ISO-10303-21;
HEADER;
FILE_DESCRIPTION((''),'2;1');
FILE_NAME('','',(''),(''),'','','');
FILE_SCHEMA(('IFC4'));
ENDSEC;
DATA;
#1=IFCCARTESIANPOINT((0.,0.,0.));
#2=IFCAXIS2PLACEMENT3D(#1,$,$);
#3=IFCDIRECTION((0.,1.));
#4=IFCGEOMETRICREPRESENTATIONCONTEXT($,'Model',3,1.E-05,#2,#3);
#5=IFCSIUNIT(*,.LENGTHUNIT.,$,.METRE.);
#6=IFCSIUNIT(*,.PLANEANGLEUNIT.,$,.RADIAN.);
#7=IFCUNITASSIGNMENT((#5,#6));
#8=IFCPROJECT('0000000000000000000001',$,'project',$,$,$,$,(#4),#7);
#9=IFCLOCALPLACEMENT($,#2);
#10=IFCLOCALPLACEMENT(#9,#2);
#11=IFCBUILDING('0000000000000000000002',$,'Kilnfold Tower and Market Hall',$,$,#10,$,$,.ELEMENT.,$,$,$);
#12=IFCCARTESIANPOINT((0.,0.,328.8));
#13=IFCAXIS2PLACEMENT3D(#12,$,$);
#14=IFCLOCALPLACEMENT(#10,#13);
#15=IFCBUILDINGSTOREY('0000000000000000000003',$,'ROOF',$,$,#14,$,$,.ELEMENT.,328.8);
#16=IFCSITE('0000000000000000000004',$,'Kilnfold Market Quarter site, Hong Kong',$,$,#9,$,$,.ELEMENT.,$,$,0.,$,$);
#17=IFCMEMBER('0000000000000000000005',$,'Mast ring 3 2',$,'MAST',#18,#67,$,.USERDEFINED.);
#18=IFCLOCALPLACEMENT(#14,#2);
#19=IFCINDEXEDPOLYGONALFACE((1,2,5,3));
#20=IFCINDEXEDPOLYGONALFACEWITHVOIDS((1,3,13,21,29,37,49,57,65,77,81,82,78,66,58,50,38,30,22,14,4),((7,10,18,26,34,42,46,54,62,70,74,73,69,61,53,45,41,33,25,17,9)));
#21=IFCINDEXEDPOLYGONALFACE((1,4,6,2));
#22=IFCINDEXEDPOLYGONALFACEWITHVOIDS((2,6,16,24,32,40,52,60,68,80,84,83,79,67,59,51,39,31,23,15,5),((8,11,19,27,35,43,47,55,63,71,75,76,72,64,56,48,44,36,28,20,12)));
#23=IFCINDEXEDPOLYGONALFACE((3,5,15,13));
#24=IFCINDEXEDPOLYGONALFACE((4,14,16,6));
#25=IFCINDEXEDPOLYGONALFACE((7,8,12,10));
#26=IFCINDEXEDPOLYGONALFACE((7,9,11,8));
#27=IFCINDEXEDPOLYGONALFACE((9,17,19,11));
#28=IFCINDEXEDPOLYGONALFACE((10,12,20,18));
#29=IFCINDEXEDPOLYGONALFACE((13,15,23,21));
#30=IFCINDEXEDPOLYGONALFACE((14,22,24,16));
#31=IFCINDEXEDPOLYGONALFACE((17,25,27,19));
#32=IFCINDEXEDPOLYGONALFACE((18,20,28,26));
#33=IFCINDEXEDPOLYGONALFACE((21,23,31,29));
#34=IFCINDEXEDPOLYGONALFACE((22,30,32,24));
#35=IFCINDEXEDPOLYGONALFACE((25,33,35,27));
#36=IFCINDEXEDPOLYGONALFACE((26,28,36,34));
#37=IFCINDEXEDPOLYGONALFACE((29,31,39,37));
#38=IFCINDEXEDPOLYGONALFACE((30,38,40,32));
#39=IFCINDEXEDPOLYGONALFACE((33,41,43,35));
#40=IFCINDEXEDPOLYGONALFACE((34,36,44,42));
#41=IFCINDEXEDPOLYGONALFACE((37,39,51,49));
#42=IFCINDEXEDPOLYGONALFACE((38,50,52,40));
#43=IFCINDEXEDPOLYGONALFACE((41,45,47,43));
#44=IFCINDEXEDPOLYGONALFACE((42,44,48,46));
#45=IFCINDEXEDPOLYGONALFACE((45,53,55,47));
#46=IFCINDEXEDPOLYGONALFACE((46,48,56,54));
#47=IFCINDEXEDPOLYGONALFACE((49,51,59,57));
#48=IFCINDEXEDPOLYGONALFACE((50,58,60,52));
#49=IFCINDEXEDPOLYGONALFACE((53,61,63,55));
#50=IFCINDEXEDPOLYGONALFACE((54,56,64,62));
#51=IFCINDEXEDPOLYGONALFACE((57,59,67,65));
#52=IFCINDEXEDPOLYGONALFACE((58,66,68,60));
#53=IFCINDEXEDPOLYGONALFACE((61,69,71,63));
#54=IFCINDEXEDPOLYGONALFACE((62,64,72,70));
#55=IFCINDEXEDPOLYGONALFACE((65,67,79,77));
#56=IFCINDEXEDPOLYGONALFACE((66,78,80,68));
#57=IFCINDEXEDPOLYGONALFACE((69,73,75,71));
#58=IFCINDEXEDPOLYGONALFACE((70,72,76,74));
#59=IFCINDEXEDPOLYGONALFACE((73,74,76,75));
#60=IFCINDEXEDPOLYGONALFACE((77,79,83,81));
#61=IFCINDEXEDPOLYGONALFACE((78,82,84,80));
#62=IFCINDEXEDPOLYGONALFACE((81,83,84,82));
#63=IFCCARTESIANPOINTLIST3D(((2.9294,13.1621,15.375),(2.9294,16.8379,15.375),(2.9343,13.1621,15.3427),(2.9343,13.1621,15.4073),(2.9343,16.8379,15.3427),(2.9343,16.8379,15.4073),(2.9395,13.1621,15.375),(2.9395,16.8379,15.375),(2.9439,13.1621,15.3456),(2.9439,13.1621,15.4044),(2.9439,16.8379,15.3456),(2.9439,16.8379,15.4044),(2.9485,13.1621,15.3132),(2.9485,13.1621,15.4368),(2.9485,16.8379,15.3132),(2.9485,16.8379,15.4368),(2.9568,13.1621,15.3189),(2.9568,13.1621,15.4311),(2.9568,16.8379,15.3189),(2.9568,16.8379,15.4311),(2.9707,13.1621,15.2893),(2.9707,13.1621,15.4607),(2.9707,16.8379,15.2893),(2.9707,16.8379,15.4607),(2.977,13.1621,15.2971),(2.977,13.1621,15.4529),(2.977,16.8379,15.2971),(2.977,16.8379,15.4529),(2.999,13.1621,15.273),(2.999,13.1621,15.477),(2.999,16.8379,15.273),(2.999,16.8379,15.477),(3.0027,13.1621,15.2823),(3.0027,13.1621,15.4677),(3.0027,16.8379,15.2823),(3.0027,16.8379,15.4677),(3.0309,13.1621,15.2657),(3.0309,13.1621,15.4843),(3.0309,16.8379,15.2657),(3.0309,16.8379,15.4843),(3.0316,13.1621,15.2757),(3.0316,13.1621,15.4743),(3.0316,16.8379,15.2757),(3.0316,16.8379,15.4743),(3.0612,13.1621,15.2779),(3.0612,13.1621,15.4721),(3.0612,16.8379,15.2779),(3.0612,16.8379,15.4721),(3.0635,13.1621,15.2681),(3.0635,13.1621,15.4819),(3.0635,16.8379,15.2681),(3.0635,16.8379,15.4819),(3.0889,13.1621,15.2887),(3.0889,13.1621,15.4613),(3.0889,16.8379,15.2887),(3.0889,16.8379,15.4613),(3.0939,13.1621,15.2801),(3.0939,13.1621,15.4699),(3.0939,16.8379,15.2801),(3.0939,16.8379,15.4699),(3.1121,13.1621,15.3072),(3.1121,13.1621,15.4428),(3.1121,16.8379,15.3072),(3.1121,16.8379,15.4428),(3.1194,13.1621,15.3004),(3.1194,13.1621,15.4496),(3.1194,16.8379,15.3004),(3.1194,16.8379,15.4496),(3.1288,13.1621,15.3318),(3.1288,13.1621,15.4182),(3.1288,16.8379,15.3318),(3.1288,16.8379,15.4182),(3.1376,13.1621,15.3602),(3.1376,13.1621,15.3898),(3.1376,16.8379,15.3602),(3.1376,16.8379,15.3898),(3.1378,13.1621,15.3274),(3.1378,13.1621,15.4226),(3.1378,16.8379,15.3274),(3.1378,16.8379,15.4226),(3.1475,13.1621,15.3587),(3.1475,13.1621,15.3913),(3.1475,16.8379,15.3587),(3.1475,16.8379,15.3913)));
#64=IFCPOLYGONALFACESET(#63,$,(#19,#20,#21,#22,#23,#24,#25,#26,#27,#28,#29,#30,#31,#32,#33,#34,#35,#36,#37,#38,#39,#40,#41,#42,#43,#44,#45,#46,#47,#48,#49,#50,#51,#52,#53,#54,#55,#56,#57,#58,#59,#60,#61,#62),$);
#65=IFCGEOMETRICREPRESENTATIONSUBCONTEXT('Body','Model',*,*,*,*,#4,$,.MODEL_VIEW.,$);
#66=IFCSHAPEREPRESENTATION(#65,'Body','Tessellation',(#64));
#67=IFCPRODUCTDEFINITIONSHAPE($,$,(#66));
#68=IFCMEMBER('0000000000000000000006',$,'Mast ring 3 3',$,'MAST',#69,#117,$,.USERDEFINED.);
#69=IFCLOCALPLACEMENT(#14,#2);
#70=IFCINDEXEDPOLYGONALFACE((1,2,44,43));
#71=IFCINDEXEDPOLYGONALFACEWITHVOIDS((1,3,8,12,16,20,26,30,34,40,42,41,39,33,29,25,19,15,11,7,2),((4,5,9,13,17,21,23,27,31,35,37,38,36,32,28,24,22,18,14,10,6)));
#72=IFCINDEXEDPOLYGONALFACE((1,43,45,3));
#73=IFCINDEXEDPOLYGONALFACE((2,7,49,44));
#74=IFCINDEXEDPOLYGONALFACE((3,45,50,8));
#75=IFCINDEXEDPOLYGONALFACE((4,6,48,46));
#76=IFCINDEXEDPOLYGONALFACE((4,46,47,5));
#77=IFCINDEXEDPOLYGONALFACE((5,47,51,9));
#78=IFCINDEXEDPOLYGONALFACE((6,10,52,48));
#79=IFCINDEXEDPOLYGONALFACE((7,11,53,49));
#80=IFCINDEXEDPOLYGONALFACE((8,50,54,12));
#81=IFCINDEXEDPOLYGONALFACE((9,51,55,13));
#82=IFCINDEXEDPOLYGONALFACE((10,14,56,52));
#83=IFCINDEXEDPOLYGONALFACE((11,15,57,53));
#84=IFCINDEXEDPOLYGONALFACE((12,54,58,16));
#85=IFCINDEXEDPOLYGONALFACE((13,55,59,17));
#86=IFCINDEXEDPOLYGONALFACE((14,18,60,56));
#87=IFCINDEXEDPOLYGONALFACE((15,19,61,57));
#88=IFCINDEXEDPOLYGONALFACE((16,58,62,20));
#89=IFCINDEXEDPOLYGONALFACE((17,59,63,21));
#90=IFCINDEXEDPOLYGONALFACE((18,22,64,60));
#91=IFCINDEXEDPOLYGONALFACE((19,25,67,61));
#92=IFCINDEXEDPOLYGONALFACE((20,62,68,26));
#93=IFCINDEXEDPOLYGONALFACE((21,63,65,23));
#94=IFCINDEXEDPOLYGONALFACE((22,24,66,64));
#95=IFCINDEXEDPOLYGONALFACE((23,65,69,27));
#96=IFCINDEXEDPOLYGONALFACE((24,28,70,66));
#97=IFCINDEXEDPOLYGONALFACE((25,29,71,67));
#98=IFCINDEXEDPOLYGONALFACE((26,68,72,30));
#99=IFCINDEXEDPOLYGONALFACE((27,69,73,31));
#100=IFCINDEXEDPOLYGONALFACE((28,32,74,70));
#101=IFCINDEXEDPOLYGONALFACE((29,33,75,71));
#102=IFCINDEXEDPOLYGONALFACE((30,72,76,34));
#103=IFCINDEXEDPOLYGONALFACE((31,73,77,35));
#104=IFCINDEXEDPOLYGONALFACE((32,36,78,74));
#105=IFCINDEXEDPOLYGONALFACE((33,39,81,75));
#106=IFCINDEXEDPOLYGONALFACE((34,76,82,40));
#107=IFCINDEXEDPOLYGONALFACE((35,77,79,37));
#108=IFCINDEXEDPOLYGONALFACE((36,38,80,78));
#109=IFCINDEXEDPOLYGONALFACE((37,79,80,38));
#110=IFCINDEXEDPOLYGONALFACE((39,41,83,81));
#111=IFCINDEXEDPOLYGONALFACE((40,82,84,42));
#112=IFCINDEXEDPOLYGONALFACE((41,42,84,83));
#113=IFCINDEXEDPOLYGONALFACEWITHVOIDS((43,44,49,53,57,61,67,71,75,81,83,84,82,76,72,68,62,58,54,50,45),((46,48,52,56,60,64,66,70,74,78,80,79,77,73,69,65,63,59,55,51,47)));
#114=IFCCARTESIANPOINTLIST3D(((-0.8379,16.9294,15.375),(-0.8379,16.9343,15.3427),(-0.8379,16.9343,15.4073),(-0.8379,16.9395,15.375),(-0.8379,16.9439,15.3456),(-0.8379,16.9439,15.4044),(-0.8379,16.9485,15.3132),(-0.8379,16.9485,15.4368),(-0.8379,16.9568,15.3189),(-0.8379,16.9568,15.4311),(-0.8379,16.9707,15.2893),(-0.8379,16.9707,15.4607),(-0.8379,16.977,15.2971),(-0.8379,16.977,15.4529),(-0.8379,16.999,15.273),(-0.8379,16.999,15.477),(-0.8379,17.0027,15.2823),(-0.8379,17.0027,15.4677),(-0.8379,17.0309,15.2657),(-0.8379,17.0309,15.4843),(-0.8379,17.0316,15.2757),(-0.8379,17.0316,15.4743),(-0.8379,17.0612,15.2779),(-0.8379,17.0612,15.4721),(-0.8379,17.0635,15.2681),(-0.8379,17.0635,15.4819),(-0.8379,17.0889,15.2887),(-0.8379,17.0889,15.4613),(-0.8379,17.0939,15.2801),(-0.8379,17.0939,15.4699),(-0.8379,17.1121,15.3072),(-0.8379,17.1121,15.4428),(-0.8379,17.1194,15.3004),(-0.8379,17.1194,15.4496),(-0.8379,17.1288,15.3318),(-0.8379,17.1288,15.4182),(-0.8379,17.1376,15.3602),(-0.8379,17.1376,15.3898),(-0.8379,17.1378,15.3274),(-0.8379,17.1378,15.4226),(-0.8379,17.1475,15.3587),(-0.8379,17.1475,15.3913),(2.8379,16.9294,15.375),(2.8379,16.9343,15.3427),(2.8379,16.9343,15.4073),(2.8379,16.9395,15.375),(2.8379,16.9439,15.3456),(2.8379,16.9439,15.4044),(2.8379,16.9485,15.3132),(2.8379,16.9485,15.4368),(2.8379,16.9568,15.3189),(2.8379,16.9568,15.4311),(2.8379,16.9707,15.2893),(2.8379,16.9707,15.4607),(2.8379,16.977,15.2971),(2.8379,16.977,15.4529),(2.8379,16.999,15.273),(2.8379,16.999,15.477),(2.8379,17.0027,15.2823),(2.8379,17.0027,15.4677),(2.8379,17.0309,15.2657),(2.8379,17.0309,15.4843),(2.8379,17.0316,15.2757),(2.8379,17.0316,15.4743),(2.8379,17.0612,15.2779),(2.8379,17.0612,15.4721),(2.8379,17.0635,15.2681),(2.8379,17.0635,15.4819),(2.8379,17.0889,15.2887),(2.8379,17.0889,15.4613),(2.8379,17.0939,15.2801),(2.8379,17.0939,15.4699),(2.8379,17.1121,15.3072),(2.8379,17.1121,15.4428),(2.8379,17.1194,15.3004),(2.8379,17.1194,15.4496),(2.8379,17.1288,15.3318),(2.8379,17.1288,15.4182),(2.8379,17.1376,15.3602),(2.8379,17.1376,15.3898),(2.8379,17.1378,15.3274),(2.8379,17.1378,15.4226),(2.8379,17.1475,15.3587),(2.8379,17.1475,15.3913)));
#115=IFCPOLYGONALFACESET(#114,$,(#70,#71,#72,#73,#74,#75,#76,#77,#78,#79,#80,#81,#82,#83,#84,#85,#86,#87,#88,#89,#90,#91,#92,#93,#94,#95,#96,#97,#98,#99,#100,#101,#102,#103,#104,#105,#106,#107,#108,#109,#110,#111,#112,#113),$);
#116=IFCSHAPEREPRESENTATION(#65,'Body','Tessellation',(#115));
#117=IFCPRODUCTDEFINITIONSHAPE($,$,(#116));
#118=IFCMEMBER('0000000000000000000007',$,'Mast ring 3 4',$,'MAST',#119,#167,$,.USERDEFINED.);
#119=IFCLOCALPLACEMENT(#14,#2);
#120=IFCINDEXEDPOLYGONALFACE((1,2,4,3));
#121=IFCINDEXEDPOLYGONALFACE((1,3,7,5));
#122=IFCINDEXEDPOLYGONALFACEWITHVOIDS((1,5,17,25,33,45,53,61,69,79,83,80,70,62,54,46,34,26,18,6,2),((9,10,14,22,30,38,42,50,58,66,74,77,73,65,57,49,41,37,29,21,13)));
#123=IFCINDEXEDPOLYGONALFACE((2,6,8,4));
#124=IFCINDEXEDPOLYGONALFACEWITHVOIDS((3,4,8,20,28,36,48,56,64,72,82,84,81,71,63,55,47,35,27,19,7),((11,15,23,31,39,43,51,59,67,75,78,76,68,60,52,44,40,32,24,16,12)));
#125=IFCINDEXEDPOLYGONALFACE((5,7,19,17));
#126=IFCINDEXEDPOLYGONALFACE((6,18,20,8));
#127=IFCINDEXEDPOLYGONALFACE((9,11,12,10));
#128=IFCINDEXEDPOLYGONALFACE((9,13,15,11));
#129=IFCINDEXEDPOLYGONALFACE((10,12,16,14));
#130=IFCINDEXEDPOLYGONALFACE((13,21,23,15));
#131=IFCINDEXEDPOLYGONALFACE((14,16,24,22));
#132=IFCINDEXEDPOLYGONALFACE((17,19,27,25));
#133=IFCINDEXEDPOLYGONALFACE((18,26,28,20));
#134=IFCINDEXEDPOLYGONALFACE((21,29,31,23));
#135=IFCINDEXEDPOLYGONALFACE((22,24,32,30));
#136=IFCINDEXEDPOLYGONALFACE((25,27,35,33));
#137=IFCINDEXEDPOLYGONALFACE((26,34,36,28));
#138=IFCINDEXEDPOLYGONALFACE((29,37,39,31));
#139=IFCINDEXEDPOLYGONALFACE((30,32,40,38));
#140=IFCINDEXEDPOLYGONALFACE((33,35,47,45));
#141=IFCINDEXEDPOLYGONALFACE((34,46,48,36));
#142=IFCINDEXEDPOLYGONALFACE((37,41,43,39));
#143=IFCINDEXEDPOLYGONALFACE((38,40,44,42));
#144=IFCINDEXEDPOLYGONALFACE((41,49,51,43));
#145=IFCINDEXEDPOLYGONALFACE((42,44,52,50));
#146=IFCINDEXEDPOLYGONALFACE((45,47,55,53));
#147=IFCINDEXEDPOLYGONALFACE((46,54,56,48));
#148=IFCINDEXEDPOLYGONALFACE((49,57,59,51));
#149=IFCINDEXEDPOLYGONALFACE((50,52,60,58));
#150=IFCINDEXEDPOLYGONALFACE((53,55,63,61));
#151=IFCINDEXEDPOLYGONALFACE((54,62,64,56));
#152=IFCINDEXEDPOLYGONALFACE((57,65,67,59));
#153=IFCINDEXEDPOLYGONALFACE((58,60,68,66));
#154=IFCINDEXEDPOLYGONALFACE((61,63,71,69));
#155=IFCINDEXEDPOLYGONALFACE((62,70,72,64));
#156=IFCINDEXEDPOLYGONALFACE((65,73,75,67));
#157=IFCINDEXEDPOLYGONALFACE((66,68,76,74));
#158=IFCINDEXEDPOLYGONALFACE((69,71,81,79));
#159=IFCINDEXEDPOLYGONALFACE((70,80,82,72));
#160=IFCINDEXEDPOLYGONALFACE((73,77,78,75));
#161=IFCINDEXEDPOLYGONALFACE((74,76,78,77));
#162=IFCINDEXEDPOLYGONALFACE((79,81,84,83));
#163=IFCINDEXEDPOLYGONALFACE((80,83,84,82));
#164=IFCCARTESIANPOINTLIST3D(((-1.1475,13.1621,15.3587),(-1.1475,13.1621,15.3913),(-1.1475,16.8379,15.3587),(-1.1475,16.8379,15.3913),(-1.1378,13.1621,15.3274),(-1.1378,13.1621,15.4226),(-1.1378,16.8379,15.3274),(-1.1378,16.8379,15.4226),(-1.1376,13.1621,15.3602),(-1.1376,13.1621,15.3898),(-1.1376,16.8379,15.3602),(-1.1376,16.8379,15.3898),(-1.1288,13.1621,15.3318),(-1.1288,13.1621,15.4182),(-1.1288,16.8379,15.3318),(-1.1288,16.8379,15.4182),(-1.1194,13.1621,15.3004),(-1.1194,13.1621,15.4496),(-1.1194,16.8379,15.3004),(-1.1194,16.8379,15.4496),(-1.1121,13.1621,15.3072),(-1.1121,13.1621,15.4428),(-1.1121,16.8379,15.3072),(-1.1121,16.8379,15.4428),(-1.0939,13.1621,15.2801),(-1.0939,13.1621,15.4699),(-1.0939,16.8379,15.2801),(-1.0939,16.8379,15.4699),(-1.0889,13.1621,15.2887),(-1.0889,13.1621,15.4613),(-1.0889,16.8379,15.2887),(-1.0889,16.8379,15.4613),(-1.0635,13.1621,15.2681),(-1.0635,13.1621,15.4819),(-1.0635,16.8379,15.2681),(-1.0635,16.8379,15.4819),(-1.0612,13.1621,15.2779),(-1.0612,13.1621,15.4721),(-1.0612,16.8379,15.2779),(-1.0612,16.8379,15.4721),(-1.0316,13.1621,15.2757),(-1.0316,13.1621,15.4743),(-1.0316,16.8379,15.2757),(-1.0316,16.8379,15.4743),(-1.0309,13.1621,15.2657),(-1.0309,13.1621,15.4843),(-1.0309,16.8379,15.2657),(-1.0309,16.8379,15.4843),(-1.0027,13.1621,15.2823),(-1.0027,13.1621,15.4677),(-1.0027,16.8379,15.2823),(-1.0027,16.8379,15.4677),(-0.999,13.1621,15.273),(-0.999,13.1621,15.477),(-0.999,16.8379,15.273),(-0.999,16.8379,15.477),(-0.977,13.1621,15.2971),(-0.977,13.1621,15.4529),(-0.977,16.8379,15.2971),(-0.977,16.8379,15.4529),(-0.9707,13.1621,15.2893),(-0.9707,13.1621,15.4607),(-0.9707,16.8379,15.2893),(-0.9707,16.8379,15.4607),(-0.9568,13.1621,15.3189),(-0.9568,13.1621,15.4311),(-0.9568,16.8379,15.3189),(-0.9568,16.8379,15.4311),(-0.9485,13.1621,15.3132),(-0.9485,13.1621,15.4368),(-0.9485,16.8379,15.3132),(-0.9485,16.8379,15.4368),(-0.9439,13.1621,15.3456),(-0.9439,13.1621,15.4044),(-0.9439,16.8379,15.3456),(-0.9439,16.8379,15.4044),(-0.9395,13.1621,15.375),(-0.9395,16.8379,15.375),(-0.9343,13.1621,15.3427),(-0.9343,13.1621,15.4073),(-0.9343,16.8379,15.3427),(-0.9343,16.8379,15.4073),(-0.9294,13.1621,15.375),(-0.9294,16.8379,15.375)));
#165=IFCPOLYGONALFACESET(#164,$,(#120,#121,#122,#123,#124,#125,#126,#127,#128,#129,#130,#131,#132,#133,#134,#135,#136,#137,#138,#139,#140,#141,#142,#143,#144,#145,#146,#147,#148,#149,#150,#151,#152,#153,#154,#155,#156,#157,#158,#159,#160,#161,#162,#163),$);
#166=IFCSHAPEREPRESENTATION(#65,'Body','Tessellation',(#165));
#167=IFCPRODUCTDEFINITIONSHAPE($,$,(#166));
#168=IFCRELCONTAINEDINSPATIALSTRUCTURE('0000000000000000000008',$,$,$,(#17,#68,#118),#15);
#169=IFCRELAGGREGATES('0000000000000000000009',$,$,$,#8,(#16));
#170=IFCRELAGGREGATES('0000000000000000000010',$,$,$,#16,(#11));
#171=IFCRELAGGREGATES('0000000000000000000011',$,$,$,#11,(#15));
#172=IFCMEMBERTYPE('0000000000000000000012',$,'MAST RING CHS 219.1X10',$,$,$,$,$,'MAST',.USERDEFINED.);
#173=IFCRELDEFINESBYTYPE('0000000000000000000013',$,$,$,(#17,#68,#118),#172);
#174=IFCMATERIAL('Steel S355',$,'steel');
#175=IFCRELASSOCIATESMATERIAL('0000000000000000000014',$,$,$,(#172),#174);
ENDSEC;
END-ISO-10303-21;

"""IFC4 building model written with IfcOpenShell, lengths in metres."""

from ifc_helpers import new_model, si_unit, direction, frame, origin, origin_2d, place, context, subcontext, project, spatial, hollow_circle, extrude, source, transform, mapped, material, material_profile, profile_set, type_object, element, save


model = new_model("IFC4")

# Units and contexts
model_context = context("Model", 3, precision=1e-05, world=origin(), true_north=direction((0.0, 1.0)))
body_context = subcontext(model_context, "Body", "Model", "MODEL_VIEW")
ifc_project = project(units=[si_unit("LENGTHUNIT", "METRE"), si_unit("PLANEANGLEUNIT", "RADIAN")], contexts=[model_context])

# Site, building, storey
site_placement = place(None, origin())
site = spatial("IfcSite", under=ifc_project, at=site_placement, Name="Kilnfold Market Quarter site, Hong Kong", CompositionType="ELEMENT", RefElevation=0.0)
building_placement = place(site_placement, origin())
building = spatial("IfcBuilding", under=site, at=building_placement, Name="Kilnfold Tower and Market Hall", CompositionType="ELEMENT")
storey_placement = place(building_placement, frame((0.0, 0.0, 328.8)))
storey = spatial("IfcBuildingStorey", under=building, at=storey_placement, Name="ROOF", CompositionType="ELEMENT", Elevation=328.8)

# Members
ifc_material_1 = material(Name="Steel S355", Category="steel")
ifc_material_profile_1 = material_profile(ifc_material_1, hollow_circle(Radius=0.1096, WallThickness=0.01, at=origin_2d()), Name="CHS 219.1x10")
ifc_profile_set_1 = profile_set([ifc_material_profile_1], Name="Steel S355")
member_type_1 = type_object("IfcMemberType", Name="MAST RING CHS 219.1X10", ElementType="MAST", PredefinedType="USERDEFINED", material=ifc_profile_set_1)
shared_shape_1 = source(origin(), body_context, "Body", "SweptSolid", [
    extrude(hollow_circle(Radius=0.1096, WallThickness=0.01, at=origin_2d()), origin(), (0.0, 0.0, 1.0), 3.6758),
])
for number, where, z_axis, x_axis, name in (
    (1, (3.0391, 13.1621, 15.375), (0.0, 1.0, 0.0), (-1.0, 0.0, 0.0), "Mast ring 3 2"),
    (2, (2.8379, 17.0391, 15.375), (-1.0, 0.0, 0.0), (0.0, -1.0, 0.0), "Mast ring 3 3"),
    (3, (-1.0391, 16.8379, 15.375), (0.0, -1.0, 0.0), (1.0, 0.0, 0.0), "Mast ring 3 4"),
):
    element("IfcMember", number, at=place(storey_placement, frame(where, z_axis=z_axis, x_axis=x_axis)), inside=storey, type_object=member_type_1, Name=name, ObjectType="MAST", PredefinedType="USERDEFINED", context=body_context, shape_type="MappedRepresentation", body=[
        mapped(shared_shape_1, transform((0.0, 0.0, 0.0))),
    ])

save(model, "model.ifc")
